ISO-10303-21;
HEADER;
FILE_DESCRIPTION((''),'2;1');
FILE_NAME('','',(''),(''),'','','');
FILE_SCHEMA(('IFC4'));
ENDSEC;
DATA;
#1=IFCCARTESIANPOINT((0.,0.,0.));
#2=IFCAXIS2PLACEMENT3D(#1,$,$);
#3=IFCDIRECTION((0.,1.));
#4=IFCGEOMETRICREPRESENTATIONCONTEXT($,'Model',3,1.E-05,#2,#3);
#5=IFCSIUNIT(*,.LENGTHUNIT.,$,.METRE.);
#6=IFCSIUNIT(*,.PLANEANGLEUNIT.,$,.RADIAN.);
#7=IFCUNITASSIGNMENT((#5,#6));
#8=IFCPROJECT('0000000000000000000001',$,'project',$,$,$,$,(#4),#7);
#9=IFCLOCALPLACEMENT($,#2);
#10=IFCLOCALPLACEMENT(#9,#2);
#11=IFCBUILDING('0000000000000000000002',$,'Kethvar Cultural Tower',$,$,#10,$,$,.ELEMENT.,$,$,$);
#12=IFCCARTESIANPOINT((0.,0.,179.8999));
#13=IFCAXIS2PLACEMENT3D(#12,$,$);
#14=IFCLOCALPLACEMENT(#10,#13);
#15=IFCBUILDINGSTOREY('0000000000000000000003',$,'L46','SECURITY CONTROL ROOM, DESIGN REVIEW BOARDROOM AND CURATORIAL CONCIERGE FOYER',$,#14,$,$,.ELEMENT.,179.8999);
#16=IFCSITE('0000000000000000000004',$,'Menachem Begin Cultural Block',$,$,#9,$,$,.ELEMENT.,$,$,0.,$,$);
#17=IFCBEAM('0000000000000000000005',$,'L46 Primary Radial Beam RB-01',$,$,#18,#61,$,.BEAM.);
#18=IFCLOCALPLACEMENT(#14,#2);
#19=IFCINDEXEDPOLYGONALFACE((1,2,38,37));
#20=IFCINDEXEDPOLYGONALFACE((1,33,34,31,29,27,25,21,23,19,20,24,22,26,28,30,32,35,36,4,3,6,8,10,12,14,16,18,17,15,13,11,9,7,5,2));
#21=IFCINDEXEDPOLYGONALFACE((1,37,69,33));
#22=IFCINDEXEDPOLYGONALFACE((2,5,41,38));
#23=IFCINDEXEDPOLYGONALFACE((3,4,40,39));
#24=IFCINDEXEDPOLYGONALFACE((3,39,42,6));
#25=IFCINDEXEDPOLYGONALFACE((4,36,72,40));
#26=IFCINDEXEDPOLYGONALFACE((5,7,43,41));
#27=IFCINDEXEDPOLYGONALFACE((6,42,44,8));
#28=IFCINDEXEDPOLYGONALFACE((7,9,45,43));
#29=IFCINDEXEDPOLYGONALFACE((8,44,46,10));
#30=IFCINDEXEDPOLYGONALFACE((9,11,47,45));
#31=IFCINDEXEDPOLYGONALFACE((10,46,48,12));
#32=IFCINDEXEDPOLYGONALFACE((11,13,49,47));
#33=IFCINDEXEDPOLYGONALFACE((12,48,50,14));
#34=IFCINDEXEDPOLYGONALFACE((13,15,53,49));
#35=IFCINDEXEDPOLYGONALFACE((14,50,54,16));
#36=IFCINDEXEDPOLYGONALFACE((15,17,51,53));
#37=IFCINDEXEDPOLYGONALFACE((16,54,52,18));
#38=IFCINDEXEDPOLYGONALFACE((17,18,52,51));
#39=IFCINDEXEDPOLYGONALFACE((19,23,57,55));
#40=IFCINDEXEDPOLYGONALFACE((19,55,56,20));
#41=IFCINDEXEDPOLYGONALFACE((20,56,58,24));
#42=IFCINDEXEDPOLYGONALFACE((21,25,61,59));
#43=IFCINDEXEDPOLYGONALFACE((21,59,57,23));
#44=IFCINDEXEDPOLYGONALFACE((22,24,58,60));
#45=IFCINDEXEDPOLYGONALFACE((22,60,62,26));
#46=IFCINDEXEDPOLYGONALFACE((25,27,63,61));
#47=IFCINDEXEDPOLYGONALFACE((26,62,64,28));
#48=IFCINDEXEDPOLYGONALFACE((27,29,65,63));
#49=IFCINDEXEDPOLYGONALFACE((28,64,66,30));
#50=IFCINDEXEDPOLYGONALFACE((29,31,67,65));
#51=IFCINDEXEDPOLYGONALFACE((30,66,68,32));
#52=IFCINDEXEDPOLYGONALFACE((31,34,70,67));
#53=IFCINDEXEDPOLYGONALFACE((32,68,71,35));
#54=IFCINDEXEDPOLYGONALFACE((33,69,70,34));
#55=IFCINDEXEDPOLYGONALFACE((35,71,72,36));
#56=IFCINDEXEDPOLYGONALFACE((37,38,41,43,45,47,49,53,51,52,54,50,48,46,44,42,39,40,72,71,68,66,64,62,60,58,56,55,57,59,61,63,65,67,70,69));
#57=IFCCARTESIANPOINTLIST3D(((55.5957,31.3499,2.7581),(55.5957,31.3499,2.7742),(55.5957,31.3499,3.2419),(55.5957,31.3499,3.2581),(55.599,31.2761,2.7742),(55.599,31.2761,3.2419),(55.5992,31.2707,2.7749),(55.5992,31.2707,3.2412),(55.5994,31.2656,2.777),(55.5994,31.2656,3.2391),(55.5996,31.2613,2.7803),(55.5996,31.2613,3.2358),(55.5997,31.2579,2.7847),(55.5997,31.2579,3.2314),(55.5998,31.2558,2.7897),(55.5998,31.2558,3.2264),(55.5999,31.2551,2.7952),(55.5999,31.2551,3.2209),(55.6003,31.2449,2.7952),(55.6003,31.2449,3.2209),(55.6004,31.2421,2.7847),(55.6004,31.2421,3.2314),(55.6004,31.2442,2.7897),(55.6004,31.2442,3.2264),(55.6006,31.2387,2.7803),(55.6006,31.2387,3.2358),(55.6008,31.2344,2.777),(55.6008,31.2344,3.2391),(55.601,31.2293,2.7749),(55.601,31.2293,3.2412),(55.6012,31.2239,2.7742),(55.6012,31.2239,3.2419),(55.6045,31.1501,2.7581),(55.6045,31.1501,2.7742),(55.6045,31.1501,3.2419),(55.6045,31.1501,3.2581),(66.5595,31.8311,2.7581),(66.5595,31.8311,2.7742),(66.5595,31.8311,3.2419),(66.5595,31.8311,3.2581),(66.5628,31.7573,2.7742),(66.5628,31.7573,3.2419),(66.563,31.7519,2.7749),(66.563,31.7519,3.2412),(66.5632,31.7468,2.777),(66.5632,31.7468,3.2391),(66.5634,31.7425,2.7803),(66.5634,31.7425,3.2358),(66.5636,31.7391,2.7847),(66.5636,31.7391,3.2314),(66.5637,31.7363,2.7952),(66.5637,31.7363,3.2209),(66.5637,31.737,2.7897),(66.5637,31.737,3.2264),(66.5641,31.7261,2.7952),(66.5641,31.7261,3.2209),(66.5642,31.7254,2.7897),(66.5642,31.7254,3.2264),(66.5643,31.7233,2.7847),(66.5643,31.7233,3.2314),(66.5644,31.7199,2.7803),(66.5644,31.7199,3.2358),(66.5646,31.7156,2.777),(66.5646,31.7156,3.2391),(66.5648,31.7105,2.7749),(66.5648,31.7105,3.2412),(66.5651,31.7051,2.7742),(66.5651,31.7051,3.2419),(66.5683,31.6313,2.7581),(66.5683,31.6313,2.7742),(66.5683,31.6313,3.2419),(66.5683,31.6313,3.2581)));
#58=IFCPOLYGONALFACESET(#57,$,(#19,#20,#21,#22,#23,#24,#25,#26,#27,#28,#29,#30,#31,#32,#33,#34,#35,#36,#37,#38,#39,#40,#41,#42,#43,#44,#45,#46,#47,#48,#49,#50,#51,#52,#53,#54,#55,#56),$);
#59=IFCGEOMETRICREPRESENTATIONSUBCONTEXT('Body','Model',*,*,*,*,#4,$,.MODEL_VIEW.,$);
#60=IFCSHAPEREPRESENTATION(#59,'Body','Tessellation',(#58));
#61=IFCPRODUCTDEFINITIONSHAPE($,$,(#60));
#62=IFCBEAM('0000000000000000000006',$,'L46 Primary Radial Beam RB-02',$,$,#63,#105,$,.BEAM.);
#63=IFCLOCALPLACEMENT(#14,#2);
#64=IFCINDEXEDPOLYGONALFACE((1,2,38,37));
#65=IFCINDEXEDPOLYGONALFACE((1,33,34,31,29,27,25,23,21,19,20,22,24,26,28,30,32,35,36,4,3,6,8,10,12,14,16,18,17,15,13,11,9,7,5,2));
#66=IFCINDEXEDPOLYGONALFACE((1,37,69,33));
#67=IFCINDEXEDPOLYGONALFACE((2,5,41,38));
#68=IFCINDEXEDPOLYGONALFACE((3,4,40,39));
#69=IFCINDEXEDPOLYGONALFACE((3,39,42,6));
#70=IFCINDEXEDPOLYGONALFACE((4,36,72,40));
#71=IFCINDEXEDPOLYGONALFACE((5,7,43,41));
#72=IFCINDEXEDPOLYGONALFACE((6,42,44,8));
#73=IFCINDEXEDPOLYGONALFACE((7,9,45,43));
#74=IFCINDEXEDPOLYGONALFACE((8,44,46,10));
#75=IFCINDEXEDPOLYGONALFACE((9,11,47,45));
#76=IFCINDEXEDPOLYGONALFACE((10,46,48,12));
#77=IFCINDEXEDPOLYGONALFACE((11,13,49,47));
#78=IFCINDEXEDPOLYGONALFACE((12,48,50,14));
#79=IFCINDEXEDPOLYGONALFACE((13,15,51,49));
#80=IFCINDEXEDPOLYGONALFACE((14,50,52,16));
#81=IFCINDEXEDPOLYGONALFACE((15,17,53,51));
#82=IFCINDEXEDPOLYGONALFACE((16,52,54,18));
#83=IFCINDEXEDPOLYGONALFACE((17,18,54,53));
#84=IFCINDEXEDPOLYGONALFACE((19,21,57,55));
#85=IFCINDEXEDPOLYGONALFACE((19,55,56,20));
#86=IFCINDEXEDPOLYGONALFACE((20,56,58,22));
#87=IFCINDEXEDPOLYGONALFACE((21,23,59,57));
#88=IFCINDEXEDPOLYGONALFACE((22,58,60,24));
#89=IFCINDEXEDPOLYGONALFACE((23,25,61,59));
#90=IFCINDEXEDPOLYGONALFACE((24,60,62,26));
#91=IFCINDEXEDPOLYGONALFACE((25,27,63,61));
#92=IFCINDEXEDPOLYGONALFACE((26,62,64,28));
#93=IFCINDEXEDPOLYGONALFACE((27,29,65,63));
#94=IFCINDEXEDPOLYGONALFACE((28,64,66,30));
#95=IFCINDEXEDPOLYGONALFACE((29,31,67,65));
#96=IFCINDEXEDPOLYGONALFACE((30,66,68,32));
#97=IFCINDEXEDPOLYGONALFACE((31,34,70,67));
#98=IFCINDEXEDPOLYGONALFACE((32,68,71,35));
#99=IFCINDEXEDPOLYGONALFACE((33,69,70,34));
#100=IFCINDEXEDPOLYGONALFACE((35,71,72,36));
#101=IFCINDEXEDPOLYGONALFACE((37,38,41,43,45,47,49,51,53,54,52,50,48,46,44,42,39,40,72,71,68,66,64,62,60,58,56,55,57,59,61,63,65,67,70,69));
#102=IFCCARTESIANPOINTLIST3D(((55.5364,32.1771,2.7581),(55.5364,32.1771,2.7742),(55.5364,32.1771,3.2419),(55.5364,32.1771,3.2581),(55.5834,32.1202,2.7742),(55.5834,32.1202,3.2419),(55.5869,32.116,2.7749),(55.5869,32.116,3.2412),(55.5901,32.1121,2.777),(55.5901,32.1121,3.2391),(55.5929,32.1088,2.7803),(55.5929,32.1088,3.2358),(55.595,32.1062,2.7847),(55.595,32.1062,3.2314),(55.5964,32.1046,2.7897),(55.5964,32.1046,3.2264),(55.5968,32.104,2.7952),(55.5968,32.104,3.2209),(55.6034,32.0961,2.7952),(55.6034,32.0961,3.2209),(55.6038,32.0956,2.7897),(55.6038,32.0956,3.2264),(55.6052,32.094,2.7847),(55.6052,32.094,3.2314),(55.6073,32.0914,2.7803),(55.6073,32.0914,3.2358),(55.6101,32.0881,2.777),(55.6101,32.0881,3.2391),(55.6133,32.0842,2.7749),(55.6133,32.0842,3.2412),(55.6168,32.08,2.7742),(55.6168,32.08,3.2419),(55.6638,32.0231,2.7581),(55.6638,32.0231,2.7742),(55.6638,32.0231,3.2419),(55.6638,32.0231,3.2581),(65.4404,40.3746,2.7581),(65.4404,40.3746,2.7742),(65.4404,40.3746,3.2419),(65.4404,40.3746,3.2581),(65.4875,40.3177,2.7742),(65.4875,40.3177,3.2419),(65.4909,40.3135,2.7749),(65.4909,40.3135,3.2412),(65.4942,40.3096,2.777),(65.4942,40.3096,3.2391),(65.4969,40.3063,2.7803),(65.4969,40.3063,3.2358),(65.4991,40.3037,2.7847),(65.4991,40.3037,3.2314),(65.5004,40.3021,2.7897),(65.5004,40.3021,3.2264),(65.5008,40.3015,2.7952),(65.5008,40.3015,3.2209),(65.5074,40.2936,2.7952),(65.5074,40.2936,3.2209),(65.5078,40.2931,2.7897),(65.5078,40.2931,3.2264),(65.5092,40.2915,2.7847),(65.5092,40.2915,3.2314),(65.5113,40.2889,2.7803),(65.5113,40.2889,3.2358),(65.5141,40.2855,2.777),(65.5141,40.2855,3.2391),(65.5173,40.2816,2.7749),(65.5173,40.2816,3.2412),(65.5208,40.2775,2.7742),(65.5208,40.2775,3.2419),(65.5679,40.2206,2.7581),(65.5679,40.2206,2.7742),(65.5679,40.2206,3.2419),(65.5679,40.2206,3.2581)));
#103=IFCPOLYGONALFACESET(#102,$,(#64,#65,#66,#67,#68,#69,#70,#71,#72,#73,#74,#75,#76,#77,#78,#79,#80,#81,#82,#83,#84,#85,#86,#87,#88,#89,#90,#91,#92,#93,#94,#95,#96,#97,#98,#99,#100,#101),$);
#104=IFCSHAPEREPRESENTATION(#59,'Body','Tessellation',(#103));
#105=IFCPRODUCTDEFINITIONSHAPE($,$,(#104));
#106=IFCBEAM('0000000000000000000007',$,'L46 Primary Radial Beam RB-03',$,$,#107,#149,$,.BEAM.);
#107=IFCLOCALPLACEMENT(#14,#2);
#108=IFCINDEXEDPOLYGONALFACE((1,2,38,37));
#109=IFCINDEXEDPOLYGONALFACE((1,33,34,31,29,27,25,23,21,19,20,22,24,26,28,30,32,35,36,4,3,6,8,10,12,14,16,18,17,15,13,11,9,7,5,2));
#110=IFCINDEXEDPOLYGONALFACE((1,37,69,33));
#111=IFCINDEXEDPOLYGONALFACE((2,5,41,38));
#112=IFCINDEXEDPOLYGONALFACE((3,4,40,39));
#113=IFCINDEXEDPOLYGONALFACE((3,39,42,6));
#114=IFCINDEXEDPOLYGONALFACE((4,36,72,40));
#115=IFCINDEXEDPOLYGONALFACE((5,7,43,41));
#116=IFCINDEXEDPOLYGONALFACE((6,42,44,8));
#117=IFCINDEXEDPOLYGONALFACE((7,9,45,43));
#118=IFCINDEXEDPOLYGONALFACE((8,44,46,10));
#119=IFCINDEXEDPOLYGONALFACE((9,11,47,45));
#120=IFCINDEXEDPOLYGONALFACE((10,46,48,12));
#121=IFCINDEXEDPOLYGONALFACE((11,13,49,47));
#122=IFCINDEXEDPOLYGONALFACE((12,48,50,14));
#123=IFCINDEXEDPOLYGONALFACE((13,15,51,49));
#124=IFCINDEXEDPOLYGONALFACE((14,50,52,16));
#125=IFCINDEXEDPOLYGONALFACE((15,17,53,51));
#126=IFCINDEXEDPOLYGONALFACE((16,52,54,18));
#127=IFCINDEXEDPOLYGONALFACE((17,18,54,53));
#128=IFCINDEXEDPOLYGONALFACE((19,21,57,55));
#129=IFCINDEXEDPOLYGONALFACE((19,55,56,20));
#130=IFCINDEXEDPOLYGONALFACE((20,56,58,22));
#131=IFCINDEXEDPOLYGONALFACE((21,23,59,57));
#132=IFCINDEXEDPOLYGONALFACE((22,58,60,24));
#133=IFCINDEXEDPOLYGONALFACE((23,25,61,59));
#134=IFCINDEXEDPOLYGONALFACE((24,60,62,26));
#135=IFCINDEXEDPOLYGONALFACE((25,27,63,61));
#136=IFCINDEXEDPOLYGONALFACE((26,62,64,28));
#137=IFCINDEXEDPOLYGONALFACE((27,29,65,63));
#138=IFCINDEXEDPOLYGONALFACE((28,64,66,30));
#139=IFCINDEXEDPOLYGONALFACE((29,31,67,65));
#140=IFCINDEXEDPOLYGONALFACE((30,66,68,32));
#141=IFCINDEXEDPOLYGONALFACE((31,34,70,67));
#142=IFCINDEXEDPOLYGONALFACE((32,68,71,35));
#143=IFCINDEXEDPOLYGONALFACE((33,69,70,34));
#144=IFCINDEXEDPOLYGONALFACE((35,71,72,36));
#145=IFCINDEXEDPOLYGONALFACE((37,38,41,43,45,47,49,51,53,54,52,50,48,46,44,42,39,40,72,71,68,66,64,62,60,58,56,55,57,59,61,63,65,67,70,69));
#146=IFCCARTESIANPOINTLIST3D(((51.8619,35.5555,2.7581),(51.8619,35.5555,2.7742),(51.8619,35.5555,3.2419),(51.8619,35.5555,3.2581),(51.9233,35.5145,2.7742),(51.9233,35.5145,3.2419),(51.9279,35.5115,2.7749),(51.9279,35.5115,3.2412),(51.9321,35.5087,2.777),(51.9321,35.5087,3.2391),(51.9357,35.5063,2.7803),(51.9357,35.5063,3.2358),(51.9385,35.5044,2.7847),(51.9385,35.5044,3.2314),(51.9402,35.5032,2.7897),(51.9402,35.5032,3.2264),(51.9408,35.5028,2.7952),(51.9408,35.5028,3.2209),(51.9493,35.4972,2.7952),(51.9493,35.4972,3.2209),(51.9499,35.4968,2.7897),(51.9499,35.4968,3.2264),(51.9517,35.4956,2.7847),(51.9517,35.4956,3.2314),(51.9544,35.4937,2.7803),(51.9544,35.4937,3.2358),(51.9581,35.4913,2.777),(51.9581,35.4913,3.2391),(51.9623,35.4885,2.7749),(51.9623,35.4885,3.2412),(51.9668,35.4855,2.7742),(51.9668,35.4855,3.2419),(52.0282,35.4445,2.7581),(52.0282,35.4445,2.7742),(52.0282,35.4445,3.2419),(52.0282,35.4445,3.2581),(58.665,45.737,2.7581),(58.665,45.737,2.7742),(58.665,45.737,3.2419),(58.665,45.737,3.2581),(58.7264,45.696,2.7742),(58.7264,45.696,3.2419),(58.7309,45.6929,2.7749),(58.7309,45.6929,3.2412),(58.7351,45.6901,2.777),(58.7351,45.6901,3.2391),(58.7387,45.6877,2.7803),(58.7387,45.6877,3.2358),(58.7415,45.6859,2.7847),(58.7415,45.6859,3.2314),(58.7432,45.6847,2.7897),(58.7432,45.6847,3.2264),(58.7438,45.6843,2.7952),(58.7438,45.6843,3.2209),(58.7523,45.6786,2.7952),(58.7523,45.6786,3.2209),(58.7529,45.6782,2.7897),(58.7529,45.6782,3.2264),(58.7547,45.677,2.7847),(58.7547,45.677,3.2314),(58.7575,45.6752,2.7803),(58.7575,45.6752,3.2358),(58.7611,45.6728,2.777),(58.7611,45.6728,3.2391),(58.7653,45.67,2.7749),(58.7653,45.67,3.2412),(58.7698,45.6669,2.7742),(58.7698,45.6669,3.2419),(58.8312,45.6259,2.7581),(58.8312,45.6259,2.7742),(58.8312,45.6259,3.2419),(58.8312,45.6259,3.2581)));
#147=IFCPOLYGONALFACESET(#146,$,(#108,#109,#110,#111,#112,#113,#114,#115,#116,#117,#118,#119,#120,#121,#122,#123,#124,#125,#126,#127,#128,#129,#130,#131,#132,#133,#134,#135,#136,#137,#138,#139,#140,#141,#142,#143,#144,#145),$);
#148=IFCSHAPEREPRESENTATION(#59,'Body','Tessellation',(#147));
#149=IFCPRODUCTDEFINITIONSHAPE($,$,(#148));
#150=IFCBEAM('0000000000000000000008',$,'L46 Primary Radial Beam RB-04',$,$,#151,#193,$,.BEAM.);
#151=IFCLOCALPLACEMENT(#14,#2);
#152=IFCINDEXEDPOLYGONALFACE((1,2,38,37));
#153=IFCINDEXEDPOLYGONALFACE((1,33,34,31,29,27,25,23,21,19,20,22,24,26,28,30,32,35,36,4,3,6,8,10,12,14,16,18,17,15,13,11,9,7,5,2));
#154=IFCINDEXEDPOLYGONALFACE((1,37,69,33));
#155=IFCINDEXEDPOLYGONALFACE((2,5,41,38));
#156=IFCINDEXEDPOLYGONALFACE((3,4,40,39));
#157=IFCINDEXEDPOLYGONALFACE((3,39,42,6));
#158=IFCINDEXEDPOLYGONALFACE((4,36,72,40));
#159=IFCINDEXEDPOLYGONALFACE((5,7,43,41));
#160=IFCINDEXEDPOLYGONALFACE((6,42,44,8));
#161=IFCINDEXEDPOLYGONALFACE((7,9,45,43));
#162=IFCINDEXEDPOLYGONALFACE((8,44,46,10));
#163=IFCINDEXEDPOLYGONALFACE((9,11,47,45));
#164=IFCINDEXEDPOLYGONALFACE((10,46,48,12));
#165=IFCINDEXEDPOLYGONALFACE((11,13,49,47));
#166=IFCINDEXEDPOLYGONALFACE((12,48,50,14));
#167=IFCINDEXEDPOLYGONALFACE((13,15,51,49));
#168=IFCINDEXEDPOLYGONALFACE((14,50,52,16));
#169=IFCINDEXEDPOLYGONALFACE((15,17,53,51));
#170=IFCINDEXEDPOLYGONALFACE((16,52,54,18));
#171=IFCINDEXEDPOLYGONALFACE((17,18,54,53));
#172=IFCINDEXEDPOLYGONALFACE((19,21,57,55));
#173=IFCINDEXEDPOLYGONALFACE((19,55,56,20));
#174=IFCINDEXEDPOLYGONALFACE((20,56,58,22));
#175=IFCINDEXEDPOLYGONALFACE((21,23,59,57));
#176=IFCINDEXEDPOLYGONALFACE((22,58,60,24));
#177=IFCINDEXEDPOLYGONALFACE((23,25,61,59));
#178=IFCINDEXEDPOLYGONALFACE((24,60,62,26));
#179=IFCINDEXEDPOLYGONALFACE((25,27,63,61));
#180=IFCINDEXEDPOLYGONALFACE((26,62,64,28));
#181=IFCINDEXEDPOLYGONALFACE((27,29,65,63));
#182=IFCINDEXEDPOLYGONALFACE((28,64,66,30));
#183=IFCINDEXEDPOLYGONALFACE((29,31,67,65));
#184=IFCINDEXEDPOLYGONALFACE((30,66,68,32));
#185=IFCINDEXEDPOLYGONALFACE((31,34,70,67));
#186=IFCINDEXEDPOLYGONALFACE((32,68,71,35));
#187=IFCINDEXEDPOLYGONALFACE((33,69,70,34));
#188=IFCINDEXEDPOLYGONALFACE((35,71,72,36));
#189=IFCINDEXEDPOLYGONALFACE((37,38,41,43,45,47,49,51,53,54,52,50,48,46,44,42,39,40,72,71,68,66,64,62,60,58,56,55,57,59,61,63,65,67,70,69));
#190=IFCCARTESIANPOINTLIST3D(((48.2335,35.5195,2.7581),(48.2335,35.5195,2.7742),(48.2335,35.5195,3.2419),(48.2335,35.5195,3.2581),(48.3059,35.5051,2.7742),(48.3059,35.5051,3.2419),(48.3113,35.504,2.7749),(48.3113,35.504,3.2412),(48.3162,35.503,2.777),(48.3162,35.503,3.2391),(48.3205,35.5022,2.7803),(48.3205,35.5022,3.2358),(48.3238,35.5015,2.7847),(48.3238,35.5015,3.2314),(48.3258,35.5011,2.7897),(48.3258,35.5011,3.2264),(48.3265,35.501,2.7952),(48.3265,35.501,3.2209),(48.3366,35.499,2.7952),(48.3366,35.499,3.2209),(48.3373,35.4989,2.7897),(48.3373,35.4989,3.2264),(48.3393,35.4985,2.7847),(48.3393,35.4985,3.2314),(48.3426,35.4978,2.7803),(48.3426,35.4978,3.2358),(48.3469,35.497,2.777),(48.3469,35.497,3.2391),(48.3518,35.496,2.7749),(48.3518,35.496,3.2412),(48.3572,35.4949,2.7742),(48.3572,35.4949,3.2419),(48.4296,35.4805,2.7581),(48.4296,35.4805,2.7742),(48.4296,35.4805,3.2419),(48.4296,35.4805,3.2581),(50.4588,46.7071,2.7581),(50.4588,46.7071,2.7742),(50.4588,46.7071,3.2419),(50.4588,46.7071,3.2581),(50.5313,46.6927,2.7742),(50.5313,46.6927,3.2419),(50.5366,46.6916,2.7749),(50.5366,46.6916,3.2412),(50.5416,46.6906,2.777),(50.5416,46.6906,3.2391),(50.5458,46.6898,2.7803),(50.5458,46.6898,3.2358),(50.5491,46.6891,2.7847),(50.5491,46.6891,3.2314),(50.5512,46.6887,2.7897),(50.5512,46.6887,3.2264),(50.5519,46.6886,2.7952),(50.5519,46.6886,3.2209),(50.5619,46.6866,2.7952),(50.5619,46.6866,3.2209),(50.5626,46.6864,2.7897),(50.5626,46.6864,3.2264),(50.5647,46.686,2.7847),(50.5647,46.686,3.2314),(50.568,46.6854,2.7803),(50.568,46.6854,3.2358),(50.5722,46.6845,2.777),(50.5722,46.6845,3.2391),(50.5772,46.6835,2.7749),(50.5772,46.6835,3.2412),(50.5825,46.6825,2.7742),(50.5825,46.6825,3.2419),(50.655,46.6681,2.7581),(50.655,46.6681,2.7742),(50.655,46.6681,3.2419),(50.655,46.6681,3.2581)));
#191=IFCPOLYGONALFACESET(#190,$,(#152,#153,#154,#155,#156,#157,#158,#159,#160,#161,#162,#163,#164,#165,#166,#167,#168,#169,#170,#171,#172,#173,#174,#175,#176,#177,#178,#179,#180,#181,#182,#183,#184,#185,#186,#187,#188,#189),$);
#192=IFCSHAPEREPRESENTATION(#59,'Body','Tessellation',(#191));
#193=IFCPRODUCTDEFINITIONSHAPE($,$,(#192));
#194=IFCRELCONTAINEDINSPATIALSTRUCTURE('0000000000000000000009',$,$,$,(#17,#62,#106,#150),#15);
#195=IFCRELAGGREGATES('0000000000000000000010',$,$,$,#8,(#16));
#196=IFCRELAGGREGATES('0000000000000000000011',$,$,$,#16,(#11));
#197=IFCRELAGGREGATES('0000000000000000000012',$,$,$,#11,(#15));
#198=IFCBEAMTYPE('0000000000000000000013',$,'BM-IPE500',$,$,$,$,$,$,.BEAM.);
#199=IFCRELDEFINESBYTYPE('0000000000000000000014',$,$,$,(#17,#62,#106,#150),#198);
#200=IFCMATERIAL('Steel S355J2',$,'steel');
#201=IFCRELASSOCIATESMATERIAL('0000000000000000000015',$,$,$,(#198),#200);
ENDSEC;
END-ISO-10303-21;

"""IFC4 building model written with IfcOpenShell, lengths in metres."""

from ifc_helpers import new_model, si_unit, direction, frame, origin, origin_2d, place, context, subcontext, project, spatial, i_section, extrude, source, transform, mapped, material, material_profile, profile_set, type_object, element, save


model = new_model("IFC4")

# Units and contexts
model_context = context("Model", 3, precision=1e-05, world=origin(), true_north=direction((0.0, 1.0)))
body_context = subcontext(model_context, "Body", "Model", "MODEL_VIEW")
ifc_project = project(units=[si_unit("LENGTHUNIT", "METRE"), si_unit("PLANEANGLEUNIT", "RADIAN")], contexts=[model_context])

# Site, building, storey
site_placement = place(None, origin())
site = spatial("IfcSite", under=ifc_project, at=site_placement, Name="Menachem Begin Cultural Block", CompositionType="ELEMENT", RefElevation=0.0)
building_placement = place(site_placement, origin())
building = spatial("IfcBuilding", under=site, at=building_placement, Name="Kethvar Cultural Tower", CompositionType="ELEMENT")
storey_placement = place(building_placement, frame((0.0, 0.0, 179.8999)))
storey = spatial("IfcBuildingStorey", under=building, at=storey_placement, Name="L46", Description="SECURITY CONTROL ROOM, DESIGN REVIEW BOARDROOM AND CURATORIAL CONCIERGE FOYER", CompositionType="ELEMENT", Elevation=179.8999)

# Beams
ifc_material_1 = material(Name="Steel S355J2", Category="steel")
ifc_material_profile_1 = material_profile(ifc_material_1, i_section(OverallWidth=0.2, OverallDepth=0.5, WebThickness=0.0103, FlangeThickness=0.0161, FilletRadius=0.021, at=origin_2d()), Name="Steel S355J2 — IPE500")
ifc_profile_set_1 = profile_set([ifc_material_profile_1], Name="Steel S355J2 — IPE500")
beam_type_1 = type_object("IfcBeamType", Name="BM-IPE500", PredefinedType="BEAM", material=ifc_profile_set_1)
shared_shape_1 = source(origin(), body_context, "Body", "SweptSolid", [
    extrude(i_section(OverallWidth=0.2, OverallDepth=0.5, WebThickness=0.0103, FlangeThickness=0.0161, FilletRadius=0.021, at=origin_2d()), origin(), (0.0, 0.0, 1.0), 10.9744),
])
beam_1_placement = place(storey_placement, frame((55.6001, 31.25, 3.0081), z_axis=(0.999038, 0.043848, 0.0), x_axis=(-0.043848, 0.999038, 0.0)))
element("IfcBeam", 1, at=beam_1_placement, inside=storey, type_object=beam_type_1, Name="L46 Primary Radial Beam RB-01", PredefinedType="BEAM", context=body_context, shape_type="MappedRepresentation", body=[
    mapped(shared_shape_1, transform((0.0, 0.0, 0.0), scale=1.0)),
])
shared_shape_2 = source(origin(), body_context, "Body", "SweptSolid", [
    extrude(i_section(OverallWidth=0.2, OverallDepth=0.5, WebThickness=0.0103, FlangeThickness=0.0161, FilletRadius=0.021, at=origin_2d()), origin(), (0.0, 0.0, 1.0), 12.8564),
])
beam_2_placement = place(storey_placement, frame((55.6001, 32.1001, 3.0081), z_axis=(0.770354, 0.637616, 0.0), x_axis=(-0.637616, 0.770354, 0.0)))
element("IfcBeam", 2, at=beam_2_placement, inside=storey, type_object=beam_type_1, Name="L46 Primary Radial Beam RB-02", PredefinedType="BEAM", context=body_context, shape_type="MappedRepresentation", body=[
    mapped(shared_shape_2, transform((0.0, 0.0, 0.0), scale=1.0)),
])
shared_shape_3 = source(origin(), body_context, "Body", "SweptSolid", [
    extrude(i_section(OverallWidth=0.2, OverallDepth=0.5, WebThickness=0.0103, FlangeThickness=0.0161, FilletRadius=0.021, at=origin_2d()), origin(), (0.0, 0.0, 1.0), 12.2451),
])
beam_3_placement = place(storey_placement, frame((51.9451, 35.5, 3.0081), z_axis=(0.555569, 0.83147, 0.0), x_axis=(-0.83147, 0.555569, 0.0)))
element("IfcBeam", 3, at=beam_3_placement, inside=storey, type_object=beam_type_1, Name="L46 Primary Radial Beam RB-03", PredefinedType="BEAM", context=body_context, shape_type="MappedRepresentation", body=[
    mapped(shared_shape_3, transform((0.0, 0.0, 0.0), scale=1.0)),
])
shared_shape_4 = source(origin(), body_context, "Body", "SweptSolid", [
    extrude(i_section(OverallWidth=0.2, OverallDepth=0.5, WebThickness=0.0103, FlangeThickness=0.0161, FilletRadius=0.021, at=origin_2d()), origin(), (0.0, 0.0, 1.0), 11.4067),
])
beam_4_placement = place(storey_placement, frame((48.3315, 35.5, 3.0081), z_axis=(0.195091, 0.980785, 0.0), x_axis=(-0.980785, 0.195091, 0.0)))
element("IfcBeam", 4, at=beam_4_placement, inside=storey, type_object=beam_type_1, Name="L46 Primary Radial Beam RB-04", PredefinedType="BEAM", context=body_context, shape_type="MappedRepresentation", body=[
    mapped(shared_shape_4, transform((0.0, 0.0, 0.0), scale=1.0)),
])

save(model, "model.ifc")
